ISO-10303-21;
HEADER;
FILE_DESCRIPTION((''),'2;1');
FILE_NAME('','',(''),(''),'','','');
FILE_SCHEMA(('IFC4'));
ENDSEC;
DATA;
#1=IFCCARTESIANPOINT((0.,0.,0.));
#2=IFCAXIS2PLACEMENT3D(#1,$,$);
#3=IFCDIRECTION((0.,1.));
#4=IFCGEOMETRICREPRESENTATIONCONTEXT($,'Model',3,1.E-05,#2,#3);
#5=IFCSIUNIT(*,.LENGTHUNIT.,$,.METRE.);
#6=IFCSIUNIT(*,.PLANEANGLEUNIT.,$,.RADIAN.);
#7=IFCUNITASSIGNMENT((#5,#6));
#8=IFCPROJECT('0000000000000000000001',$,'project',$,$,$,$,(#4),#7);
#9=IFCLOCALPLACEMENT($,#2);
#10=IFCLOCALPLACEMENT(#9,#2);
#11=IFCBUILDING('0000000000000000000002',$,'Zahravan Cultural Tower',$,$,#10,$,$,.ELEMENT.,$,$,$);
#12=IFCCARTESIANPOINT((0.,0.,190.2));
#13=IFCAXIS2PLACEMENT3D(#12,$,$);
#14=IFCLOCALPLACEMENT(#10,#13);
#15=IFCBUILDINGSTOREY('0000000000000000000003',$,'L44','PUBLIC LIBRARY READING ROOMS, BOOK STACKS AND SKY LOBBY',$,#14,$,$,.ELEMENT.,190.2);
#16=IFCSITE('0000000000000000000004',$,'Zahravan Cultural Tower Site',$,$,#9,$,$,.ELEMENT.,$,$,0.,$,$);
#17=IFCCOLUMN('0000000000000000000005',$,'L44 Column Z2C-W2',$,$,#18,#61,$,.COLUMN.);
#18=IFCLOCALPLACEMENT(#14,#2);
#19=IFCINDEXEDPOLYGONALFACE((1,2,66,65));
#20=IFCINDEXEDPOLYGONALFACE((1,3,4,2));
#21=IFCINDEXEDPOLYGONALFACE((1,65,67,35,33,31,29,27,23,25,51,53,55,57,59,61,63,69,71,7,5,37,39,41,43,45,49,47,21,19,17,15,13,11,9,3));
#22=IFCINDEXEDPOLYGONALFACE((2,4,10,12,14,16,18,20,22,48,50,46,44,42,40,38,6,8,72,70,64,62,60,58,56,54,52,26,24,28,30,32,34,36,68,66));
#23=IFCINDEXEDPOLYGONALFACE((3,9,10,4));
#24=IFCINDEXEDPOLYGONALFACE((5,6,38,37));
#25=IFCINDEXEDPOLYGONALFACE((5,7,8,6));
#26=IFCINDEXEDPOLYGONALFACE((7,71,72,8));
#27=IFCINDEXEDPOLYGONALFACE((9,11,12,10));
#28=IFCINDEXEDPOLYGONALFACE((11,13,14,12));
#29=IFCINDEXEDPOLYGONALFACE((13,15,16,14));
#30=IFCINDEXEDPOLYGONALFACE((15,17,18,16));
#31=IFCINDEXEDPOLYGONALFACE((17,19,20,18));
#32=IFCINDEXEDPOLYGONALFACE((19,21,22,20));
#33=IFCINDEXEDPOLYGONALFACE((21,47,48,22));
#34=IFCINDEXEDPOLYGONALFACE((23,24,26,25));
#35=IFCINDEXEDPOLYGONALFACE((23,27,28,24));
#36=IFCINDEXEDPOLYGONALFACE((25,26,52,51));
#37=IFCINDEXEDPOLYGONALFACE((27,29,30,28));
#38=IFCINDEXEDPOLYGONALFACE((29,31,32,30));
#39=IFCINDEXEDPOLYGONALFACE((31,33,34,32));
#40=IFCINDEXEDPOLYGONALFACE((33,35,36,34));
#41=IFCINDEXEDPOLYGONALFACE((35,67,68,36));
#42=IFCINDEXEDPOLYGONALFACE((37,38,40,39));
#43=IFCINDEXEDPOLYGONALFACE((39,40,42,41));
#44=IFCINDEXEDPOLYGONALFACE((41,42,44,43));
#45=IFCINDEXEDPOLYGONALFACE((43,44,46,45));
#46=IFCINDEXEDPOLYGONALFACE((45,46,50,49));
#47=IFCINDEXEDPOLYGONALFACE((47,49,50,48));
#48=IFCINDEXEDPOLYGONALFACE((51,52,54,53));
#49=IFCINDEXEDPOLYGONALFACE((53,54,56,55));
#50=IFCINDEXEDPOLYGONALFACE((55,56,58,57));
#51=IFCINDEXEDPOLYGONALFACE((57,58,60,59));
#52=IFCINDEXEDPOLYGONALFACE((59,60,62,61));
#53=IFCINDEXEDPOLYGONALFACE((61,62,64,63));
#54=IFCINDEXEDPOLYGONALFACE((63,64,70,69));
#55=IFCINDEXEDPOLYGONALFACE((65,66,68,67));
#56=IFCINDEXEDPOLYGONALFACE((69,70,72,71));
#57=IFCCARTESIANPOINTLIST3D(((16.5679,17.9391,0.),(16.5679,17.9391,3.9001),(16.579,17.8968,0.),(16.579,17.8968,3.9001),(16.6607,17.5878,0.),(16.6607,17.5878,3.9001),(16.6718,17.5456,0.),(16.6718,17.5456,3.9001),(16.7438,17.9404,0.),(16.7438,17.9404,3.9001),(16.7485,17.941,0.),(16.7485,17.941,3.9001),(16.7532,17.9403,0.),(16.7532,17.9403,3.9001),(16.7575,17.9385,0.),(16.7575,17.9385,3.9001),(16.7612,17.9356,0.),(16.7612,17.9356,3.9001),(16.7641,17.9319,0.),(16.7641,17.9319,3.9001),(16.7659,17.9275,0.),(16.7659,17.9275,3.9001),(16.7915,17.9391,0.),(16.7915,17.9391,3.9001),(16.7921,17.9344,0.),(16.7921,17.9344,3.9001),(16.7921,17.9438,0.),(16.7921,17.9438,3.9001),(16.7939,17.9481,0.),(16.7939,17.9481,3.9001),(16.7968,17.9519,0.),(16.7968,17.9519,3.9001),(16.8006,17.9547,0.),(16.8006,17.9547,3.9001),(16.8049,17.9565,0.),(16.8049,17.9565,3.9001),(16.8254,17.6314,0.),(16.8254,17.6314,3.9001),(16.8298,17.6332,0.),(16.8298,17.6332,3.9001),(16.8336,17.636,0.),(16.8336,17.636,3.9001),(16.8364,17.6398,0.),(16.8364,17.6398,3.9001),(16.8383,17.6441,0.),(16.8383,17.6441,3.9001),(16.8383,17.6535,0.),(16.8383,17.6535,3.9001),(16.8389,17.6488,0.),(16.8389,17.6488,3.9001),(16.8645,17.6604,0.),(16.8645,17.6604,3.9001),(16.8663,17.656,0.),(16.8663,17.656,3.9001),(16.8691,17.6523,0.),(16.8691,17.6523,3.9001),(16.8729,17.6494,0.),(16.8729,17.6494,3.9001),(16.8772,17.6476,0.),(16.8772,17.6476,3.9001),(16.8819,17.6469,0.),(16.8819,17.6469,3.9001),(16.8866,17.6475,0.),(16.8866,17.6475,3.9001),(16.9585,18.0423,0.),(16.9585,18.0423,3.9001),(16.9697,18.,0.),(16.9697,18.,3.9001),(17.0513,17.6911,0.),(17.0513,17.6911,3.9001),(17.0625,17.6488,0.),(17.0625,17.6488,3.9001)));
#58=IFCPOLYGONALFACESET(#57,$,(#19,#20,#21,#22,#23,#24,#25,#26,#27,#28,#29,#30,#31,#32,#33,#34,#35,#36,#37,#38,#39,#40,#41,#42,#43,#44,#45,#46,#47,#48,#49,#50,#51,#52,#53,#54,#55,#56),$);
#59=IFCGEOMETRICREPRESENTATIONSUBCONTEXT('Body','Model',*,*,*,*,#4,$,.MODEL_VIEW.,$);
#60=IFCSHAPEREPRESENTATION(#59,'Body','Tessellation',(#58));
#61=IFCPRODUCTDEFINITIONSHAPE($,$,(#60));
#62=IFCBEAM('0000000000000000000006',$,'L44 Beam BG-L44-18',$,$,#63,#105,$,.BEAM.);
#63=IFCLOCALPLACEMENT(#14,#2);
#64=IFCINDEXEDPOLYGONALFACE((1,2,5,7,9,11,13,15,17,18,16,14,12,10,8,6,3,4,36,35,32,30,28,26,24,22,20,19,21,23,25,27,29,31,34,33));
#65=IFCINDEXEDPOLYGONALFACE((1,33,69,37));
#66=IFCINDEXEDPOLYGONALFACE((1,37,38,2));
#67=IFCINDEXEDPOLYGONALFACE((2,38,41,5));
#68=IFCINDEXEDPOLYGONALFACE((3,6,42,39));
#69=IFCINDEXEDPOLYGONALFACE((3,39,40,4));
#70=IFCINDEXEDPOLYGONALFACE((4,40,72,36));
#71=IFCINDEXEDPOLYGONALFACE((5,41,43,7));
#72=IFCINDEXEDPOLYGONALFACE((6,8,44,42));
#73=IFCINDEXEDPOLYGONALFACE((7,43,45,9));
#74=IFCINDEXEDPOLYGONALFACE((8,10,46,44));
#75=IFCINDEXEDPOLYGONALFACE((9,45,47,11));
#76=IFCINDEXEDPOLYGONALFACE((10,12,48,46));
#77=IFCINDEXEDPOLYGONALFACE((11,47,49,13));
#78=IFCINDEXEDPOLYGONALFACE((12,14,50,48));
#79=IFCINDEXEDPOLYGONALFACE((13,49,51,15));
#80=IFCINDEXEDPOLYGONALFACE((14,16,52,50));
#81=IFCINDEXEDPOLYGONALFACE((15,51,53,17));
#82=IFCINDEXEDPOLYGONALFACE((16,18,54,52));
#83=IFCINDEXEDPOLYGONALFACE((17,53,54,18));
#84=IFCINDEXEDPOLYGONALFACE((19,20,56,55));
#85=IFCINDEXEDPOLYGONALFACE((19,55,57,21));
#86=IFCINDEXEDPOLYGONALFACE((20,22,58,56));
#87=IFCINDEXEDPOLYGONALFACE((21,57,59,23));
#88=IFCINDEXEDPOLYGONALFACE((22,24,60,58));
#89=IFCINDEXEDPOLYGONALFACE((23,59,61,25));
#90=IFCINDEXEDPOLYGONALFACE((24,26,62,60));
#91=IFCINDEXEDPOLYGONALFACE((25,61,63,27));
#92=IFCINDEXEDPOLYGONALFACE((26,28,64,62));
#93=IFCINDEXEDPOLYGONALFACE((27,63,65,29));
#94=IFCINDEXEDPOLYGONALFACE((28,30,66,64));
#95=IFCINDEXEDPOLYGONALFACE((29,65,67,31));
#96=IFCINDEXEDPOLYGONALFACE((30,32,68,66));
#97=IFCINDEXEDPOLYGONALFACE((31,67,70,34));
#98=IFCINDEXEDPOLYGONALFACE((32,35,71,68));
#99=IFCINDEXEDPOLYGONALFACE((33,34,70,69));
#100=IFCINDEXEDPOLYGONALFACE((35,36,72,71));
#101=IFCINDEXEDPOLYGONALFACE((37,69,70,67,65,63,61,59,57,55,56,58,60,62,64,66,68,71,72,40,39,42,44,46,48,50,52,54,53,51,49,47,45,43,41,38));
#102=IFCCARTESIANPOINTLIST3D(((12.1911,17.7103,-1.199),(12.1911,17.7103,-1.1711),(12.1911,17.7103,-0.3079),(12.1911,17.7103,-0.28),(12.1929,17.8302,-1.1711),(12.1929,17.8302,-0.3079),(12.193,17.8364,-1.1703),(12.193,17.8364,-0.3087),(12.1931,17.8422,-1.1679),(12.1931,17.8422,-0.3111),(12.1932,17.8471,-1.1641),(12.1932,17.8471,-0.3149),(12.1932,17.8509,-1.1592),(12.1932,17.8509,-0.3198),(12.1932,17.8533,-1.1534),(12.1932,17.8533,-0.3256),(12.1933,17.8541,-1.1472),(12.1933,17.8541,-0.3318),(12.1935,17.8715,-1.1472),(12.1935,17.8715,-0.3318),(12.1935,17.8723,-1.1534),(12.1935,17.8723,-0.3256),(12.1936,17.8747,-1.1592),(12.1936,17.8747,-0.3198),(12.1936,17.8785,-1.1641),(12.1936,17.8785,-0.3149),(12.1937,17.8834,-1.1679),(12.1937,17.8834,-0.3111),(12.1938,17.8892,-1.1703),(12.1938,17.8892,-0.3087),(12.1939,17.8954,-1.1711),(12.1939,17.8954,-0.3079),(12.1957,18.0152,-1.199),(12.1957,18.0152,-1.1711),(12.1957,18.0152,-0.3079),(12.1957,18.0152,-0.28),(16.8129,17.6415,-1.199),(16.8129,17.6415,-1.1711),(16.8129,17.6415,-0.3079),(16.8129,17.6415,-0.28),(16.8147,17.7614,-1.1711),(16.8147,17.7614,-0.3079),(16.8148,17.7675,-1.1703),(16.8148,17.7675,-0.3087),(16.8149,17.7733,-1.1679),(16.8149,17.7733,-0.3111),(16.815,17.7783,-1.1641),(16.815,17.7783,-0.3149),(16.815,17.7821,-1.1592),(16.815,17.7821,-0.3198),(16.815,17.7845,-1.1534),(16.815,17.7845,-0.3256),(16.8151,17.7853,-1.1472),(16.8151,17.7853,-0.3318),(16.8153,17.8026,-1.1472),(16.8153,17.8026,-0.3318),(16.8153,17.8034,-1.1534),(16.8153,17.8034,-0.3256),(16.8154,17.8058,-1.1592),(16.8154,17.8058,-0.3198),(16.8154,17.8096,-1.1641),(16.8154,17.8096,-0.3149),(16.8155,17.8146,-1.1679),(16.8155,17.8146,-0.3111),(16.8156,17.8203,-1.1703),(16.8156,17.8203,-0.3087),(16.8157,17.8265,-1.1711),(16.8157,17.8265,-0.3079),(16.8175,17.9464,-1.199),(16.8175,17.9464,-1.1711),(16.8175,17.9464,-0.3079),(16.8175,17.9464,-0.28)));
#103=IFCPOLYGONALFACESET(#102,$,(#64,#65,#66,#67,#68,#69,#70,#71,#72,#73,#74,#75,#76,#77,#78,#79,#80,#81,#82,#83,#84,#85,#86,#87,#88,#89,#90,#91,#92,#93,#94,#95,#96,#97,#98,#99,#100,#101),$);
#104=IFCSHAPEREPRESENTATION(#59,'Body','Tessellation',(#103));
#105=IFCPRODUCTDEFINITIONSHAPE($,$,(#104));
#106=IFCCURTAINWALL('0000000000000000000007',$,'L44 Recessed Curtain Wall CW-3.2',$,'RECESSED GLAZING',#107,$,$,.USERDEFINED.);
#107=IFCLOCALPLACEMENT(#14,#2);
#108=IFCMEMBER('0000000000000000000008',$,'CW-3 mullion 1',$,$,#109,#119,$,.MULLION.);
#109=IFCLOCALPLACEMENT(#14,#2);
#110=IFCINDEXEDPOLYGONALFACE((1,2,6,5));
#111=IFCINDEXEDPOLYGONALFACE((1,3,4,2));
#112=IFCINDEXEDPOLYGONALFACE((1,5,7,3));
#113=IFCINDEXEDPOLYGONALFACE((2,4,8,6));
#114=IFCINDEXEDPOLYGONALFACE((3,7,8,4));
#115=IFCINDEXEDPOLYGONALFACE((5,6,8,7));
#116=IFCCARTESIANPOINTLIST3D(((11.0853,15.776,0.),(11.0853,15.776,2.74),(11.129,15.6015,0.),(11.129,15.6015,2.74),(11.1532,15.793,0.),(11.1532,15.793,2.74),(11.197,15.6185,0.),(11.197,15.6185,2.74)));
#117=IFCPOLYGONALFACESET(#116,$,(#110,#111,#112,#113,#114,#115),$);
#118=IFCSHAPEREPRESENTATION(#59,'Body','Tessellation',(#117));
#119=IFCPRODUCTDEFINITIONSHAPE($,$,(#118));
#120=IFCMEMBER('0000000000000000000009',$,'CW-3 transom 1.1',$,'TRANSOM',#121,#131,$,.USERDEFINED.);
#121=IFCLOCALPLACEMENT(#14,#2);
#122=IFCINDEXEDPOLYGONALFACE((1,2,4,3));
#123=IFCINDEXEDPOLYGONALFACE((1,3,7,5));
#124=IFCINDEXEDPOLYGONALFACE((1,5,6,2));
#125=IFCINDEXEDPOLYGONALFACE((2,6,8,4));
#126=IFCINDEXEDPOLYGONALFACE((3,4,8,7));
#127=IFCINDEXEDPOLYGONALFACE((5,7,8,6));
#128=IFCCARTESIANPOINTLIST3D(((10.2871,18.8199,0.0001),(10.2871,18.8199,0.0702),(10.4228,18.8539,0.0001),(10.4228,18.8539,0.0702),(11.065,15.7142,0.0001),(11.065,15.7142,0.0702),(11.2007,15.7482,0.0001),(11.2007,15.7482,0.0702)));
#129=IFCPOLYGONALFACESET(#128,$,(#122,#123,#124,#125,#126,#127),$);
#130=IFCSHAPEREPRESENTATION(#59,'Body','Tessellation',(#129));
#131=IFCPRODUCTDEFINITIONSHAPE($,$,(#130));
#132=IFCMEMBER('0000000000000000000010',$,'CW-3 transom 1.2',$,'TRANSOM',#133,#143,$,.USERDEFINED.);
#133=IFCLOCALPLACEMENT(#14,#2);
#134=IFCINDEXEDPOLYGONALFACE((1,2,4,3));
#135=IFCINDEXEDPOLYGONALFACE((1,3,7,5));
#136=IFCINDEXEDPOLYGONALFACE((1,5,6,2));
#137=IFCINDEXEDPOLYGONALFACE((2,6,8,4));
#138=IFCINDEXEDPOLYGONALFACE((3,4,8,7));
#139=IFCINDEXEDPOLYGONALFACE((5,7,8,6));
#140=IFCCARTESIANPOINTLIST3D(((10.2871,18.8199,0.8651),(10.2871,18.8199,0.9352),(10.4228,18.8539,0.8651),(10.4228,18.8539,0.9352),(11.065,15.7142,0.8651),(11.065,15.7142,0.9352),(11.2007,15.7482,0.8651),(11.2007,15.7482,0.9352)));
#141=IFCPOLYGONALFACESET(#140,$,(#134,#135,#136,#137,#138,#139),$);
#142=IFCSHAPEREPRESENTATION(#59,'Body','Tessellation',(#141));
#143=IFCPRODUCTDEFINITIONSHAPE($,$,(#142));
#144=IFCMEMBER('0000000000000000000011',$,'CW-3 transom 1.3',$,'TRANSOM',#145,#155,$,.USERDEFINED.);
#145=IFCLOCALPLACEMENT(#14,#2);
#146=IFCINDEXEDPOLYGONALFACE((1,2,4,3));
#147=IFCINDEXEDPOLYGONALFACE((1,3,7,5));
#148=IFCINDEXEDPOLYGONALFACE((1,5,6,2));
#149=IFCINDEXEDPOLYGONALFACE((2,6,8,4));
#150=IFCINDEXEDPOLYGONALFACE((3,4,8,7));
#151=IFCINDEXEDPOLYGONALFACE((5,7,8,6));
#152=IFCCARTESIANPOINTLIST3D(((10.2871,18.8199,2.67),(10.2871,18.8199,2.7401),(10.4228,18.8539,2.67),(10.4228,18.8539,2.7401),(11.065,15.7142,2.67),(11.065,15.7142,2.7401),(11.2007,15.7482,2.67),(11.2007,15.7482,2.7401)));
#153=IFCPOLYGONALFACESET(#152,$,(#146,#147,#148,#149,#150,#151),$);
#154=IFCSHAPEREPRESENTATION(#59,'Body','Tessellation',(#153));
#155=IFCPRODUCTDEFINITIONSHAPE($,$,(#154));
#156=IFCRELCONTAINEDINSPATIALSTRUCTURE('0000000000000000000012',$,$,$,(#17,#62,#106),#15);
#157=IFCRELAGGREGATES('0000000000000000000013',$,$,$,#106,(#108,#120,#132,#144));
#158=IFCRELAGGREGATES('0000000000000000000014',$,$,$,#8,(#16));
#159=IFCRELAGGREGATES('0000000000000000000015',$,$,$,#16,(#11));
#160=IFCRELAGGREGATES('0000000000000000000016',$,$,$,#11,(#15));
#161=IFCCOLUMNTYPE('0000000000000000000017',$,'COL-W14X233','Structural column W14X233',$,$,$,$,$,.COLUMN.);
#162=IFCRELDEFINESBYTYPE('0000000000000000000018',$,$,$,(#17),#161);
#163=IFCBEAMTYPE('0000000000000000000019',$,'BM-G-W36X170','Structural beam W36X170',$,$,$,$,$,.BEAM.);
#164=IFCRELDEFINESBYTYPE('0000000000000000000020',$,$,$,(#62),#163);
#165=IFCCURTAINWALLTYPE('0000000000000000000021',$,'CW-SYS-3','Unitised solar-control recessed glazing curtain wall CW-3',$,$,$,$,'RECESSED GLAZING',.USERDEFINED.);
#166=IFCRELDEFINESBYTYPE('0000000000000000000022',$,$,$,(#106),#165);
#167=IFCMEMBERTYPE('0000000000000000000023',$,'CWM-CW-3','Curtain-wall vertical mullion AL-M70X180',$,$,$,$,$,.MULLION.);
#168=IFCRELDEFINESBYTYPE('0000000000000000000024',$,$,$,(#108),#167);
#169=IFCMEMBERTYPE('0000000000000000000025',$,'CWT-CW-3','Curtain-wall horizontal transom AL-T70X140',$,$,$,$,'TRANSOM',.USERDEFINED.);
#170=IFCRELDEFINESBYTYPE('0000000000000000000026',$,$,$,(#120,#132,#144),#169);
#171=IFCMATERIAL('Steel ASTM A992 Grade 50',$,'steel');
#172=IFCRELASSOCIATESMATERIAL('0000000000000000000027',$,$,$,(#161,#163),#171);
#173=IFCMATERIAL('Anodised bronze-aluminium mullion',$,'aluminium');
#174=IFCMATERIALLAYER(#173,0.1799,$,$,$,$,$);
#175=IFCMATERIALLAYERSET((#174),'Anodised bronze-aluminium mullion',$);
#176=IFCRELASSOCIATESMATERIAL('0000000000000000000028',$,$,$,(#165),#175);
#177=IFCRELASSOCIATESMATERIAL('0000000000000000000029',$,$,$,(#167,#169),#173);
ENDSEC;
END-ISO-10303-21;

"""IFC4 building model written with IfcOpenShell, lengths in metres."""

from ifc_helpers import new_model, si_unit, direction, frame, origin, origin_2d, place, context, subcontext, project, spatial, rectangle, i_section, extrude, source, transform, mapped, material, layer, layer_set, material_profile, profile_set, type_object, element, aggregate, save


model = new_model("IFC4")

# Units and contexts
model_context = context("Model", 3, precision=1e-05, world=origin(), true_north=direction((0.0, 1.0)))
body_context = subcontext(model_context, "Body", "Model", "MODEL_VIEW")
ifc_project = project(units=[si_unit("LENGTHUNIT", "METRE"), si_unit("PLANEANGLEUNIT", "RADIAN")], contexts=[model_context])

# Site, building, storey
site_placement = place(None, origin())
site = spatial("IfcSite", under=ifc_project, at=site_placement, Name="Zahravan Cultural Tower Site", CompositionType="ELEMENT", RefElevation=0.0)
building_placement = place(site_placement, origin())
building = spatial("IfcBuilding", under=site, at=building_placement, Name="Zahravan Cultural Tower", CompositionType="ELEMENT")
storey_placement = place(building_placement, frame((0.0, 0.0, 190.2)))
storey = spatial("IfcBuildingStorey", under=building, at=storey_placement, Name="L44", Description="PUBLIC LIBRARY READING ROOMS, BOOK STACKS AND SKY LOBBY", CompositionType="ELEMENT", Elevation=190.2)

# Column
ifc_material_1 = material(Name="Steel ASTM A992 Grade 50", Category="steel")
ifc_material_profile_1 = material_profile(ifc_material_1, i_section(OverallWidth=0.4041, OverallDepth=0.407, WebThickness=0.0271, FlangeThickness=0.0437, FilletRadius=0.0181, at=origin_2d()), Name="W14X233")
ifc_profile_set_1 = profile_set([ifc_material_profile_1], Name="Steel ASTM A992 Grade 50")
column_type = type_object("IfcColumnType", Name="COL-W14X233", Description="Structural column W14X233", PredefinedType="COLUMN", material=ifc_profile_set_1)
shared_shape_1 = source(origin(), body_context, "Body", "SweptSolid", [
    extrude(i_section(OverallWidth=0.4041, OverallDepth=0.407, WebThickness=0.0271, FlangeThickness=0.0437, FilletRadius=0.0181, at=origin_2d()), origin(), (0.0, 0.0, 1.0), 3.9001),
])
column_placement = place(storey_placement, frame((16.8152, 17.7939, 0.0), z_axis=(0.0, 0.0, 1.0), x_axis=(0.966823, 0.255446, 0.0)))
element("IfcColumn", 1, at=column_placement, inside=storey, type_object=column_type, Name="L44 Column Z2C-W2", PredefinedType="COLUMN", context=body_context, shape_type="MappedRepresentation", body=[
    mapped(shared_shape_1, transform((0.0, 0.0, 0.0), x_axis=(1.0, 0.0, 0.0), y_axis=(0.0, 1.0, 0.0), z_axis=(0.0, 0.0, 1.0), scale=1.0)),
])

# Beam
ifc_material_profile_2 = material_profile(ifc_material_1, i_section(OverallWidth=0.3049, OverallDepth=0.9189, WebThickness=0.0173, FlangeThickness=0.0278, FilletRadius=0.0239, at=origin_2d()), Name="W36X170")
ifc_profile_set_2 = profile_set([ifc_material_profile_2], Name="Steel ASTM A992 Grade 50")
beam_type = type_object("IfcBeamType", Name="BM-G-W36X170", Description="Structural beam W36X170", PredefinedType="BEAM", material=ifc_profile_set_2)
shared_shape_2 = source(origin(), body_context, "Body", "SweptSolid", [
    extrude(i_section(OverallWidth=0.3049, OverallDepth=0.9189, WebThickness=0.0173, FlangeThickness=0.0278, FilletRadius=0.0239, at=origin_2d()), origin(), (0.0, 0.0, 1.0), 4.6223),
])
beam_placement = place(storey_placement, frame((16.8152, 17.7939, -0.7395), z_axis=(-0.999889, 0.014895, 0.0), x_axis=(-0.014895, -0.999889, 0.0)))
element("IfcBeam", 2, at=beam_placement, inside=storey, type_object=beam_type, Name="L44 Beam BG-L44-18", PredefinedType="BEAM", context=body_context, shape_type="MappedRepresentation", body=[
    mapped(shared_shape_2, transform((0.0, 0.0, 0.0), x_axis=(1.0, 0.0, 0.0), y_axis=(0.0, 1.0, 0.0), z_axis=(0.0, 0.0, 1.0), scale=1.0)),
])

# Curtain wall, members
ifc_material_2 = material(Name="Anodised bronze-aluminium mullion", Category="aluminium")
ifc_layer_1 = layer(ifc_material_2, 0.1799)
ifc_layer_set_1 = layer_set([ifc_layer_1], Name="Anodised bronze-aluminium mullion")
curtain_wall_type = type_object("IfcCurtainWallType", Name="CW-SYS-3", Description="Unitised solar-control recessed glazing curtain wall CW-3", ElementType="RECESSED GLAZING", PredefinedType="USERDEFINED", material=ifc_layer_set_1)
curtain_wall_placement = place(storey_placement, origin())
curtain_wall = element("IfcCurtainWall", 3, at=curtain_wall_placement, inside=storey, type_object=curtain_wall_type, Name="L44 Recessed Curtain Wall CW-3.2", ObjectType="RECESSED GLAZING", PredefinedType="USERDEFINED")
ifc_material_profile_3 = material_profile(ifc_material_2, rectangle(XDim=0.0701, YDim=0.1799, at=origin_2d()), Name="AL-M70X180")
ifc_profile_set_3 = profile_set([ifc_material_profile_3], Name="Anodised bronze-aluminium mullion")
member_type_1 = type_object("IfcMemberType", Name="CWM-CW-3", Description="Curtain-wall vertical mullion AL-M70X180", PredefinedType="MULLION", material=ifc_profile_set_3)
shared_shape_3 = source(origin(), body_context, "Body", "SweptSolid", [
    extrude(rectangle(XDim=0.0701, YDim=0.1799, at=origin_2d()), origin(), (0.0, 0.0, 1.0), 2.74),
])
member_1_placement = place(storey_placement, frame((11.1411, 15.6973, 0.0), z_axis=(0.0, 0.0, 1.0), x_axis=(-0.97004, -0.242944, 0.0)))
member_1 = element("IfcMember", 4, at=member_1_placement, type_object=member_type_1, Name="CW-3 mullion 1", PredefinedType="MULLION", context=body_context, shape_type="MappedRepresentation", body=[
    mapped(shared_shape_3, transform((0.0, 0.0, 0.0), x_axis=(1.0, 0.0, 0.0), y_axis=(0.0, 1.0, 0.0), z_axis=(0.0, 0.0, 1.0), scale=1.0)),
])
ifc_material_profile_4 = material_profile(ifc_material_2, rectangle(XDim=0.1399, YDim=0.0701, at=origin_2d()), Name="AL-T70X140")
ifc_profile_set_4 = profile_set([ifc_material_profile_4], Name="Anodised bronze-aluminium mullion")
member_type_2 = type_object("IfcMemberType", Name="CWT-CW-3", Description="Curtain-wall horizontal transom AL-T70X140", ElementType="TRANSOM", PredefinedType="USERDEFINED", material=ifc_profile_set_4)
shared_shape_4 = source(origin(), body_context, "Body", "SweptSolid", [
    extrude(rectangle(XDim=0.1399, YDim=0.0701, at=origin_2d()), origin(), (0.0, 0.0, 1.0), 3.2017),
])
member_2_placement = place(storey_placement, frame((11.1328, 15.7312, 0.0352), z_axis=(-0.242948, 0.970039, 0.0), x_axis=(-0.970039, -0.242948, 0.0)))
member_2 = element("IfcMember", 5, at=member_2_placement, type_object=member_type_2, Name="CW-3 transom 1.1", ObjectType="TRANSOM", PredefinedType="USERDEFINED", context=body_context, shape_type="MappedRepresentation", body=[
    mapped(shared_shape_4, transform((0.0, 0.0, 0.0), x_axis=(1.0, 0.0, 0.0), y_axis=(0.0, 1.0, 0.0), z_axis=(0.0, 0.0, 1.0), scale=1.0)),
])
member_3_placement = place(storey_placement, frame((11.1328, 15.7312, 0.9001), z_axis=(-0.242948, 0.970039, 0.0), x_axis=(-0.970039, -0.242948, 0.0)))
member_3 = element("IfcMember", 6, at=member_3_placement, type_object=member_type_2, Name="CW-3 transom 1.2", ObjectType="TRANSOM", PredefinedType="USERDEFINED", context=body_context, shape_type="MappedRepresentation", body=[
    mapped(shared_shape_4, transform((0.0, 0.0, 0.0), x_axis=(1.0, 0.0, 0.0), y_axis=(0.0, 1.0, 0.0), z_axis=(0.0, 0.0, 1.0), scale=1.0)),
])
member_4_placement = place(storey_placement, frame((11.1328, 15.7312, 2.7051), z_axis=(-0.242948, 0.970039, 0.0), x_axis=(-0.970039, -0.242948, 0.0)))
member_4 = element("IfcMember", 7, at=member_4_placement, type_object=member_type_2, Name="CW-3 transom 1.3", ObjectType="TRANSOM", PredefinedType="USERDEFINED", context=body_context, shape_type="MappedRepresentation", body=[
    mapped(shared_shape_4, transform((0.0, 0.0, 0.0), x_axis=(1.0, 0.0, 0.0), y_axis=(0.0, 1.0, 0.0), z_axis=(0.0, 0.0, 1.0), scale=1.0)),
])

aggregate(curtain_wall, [member_1, member_2, member_3, member_4])

save(model, "model.ifc")
